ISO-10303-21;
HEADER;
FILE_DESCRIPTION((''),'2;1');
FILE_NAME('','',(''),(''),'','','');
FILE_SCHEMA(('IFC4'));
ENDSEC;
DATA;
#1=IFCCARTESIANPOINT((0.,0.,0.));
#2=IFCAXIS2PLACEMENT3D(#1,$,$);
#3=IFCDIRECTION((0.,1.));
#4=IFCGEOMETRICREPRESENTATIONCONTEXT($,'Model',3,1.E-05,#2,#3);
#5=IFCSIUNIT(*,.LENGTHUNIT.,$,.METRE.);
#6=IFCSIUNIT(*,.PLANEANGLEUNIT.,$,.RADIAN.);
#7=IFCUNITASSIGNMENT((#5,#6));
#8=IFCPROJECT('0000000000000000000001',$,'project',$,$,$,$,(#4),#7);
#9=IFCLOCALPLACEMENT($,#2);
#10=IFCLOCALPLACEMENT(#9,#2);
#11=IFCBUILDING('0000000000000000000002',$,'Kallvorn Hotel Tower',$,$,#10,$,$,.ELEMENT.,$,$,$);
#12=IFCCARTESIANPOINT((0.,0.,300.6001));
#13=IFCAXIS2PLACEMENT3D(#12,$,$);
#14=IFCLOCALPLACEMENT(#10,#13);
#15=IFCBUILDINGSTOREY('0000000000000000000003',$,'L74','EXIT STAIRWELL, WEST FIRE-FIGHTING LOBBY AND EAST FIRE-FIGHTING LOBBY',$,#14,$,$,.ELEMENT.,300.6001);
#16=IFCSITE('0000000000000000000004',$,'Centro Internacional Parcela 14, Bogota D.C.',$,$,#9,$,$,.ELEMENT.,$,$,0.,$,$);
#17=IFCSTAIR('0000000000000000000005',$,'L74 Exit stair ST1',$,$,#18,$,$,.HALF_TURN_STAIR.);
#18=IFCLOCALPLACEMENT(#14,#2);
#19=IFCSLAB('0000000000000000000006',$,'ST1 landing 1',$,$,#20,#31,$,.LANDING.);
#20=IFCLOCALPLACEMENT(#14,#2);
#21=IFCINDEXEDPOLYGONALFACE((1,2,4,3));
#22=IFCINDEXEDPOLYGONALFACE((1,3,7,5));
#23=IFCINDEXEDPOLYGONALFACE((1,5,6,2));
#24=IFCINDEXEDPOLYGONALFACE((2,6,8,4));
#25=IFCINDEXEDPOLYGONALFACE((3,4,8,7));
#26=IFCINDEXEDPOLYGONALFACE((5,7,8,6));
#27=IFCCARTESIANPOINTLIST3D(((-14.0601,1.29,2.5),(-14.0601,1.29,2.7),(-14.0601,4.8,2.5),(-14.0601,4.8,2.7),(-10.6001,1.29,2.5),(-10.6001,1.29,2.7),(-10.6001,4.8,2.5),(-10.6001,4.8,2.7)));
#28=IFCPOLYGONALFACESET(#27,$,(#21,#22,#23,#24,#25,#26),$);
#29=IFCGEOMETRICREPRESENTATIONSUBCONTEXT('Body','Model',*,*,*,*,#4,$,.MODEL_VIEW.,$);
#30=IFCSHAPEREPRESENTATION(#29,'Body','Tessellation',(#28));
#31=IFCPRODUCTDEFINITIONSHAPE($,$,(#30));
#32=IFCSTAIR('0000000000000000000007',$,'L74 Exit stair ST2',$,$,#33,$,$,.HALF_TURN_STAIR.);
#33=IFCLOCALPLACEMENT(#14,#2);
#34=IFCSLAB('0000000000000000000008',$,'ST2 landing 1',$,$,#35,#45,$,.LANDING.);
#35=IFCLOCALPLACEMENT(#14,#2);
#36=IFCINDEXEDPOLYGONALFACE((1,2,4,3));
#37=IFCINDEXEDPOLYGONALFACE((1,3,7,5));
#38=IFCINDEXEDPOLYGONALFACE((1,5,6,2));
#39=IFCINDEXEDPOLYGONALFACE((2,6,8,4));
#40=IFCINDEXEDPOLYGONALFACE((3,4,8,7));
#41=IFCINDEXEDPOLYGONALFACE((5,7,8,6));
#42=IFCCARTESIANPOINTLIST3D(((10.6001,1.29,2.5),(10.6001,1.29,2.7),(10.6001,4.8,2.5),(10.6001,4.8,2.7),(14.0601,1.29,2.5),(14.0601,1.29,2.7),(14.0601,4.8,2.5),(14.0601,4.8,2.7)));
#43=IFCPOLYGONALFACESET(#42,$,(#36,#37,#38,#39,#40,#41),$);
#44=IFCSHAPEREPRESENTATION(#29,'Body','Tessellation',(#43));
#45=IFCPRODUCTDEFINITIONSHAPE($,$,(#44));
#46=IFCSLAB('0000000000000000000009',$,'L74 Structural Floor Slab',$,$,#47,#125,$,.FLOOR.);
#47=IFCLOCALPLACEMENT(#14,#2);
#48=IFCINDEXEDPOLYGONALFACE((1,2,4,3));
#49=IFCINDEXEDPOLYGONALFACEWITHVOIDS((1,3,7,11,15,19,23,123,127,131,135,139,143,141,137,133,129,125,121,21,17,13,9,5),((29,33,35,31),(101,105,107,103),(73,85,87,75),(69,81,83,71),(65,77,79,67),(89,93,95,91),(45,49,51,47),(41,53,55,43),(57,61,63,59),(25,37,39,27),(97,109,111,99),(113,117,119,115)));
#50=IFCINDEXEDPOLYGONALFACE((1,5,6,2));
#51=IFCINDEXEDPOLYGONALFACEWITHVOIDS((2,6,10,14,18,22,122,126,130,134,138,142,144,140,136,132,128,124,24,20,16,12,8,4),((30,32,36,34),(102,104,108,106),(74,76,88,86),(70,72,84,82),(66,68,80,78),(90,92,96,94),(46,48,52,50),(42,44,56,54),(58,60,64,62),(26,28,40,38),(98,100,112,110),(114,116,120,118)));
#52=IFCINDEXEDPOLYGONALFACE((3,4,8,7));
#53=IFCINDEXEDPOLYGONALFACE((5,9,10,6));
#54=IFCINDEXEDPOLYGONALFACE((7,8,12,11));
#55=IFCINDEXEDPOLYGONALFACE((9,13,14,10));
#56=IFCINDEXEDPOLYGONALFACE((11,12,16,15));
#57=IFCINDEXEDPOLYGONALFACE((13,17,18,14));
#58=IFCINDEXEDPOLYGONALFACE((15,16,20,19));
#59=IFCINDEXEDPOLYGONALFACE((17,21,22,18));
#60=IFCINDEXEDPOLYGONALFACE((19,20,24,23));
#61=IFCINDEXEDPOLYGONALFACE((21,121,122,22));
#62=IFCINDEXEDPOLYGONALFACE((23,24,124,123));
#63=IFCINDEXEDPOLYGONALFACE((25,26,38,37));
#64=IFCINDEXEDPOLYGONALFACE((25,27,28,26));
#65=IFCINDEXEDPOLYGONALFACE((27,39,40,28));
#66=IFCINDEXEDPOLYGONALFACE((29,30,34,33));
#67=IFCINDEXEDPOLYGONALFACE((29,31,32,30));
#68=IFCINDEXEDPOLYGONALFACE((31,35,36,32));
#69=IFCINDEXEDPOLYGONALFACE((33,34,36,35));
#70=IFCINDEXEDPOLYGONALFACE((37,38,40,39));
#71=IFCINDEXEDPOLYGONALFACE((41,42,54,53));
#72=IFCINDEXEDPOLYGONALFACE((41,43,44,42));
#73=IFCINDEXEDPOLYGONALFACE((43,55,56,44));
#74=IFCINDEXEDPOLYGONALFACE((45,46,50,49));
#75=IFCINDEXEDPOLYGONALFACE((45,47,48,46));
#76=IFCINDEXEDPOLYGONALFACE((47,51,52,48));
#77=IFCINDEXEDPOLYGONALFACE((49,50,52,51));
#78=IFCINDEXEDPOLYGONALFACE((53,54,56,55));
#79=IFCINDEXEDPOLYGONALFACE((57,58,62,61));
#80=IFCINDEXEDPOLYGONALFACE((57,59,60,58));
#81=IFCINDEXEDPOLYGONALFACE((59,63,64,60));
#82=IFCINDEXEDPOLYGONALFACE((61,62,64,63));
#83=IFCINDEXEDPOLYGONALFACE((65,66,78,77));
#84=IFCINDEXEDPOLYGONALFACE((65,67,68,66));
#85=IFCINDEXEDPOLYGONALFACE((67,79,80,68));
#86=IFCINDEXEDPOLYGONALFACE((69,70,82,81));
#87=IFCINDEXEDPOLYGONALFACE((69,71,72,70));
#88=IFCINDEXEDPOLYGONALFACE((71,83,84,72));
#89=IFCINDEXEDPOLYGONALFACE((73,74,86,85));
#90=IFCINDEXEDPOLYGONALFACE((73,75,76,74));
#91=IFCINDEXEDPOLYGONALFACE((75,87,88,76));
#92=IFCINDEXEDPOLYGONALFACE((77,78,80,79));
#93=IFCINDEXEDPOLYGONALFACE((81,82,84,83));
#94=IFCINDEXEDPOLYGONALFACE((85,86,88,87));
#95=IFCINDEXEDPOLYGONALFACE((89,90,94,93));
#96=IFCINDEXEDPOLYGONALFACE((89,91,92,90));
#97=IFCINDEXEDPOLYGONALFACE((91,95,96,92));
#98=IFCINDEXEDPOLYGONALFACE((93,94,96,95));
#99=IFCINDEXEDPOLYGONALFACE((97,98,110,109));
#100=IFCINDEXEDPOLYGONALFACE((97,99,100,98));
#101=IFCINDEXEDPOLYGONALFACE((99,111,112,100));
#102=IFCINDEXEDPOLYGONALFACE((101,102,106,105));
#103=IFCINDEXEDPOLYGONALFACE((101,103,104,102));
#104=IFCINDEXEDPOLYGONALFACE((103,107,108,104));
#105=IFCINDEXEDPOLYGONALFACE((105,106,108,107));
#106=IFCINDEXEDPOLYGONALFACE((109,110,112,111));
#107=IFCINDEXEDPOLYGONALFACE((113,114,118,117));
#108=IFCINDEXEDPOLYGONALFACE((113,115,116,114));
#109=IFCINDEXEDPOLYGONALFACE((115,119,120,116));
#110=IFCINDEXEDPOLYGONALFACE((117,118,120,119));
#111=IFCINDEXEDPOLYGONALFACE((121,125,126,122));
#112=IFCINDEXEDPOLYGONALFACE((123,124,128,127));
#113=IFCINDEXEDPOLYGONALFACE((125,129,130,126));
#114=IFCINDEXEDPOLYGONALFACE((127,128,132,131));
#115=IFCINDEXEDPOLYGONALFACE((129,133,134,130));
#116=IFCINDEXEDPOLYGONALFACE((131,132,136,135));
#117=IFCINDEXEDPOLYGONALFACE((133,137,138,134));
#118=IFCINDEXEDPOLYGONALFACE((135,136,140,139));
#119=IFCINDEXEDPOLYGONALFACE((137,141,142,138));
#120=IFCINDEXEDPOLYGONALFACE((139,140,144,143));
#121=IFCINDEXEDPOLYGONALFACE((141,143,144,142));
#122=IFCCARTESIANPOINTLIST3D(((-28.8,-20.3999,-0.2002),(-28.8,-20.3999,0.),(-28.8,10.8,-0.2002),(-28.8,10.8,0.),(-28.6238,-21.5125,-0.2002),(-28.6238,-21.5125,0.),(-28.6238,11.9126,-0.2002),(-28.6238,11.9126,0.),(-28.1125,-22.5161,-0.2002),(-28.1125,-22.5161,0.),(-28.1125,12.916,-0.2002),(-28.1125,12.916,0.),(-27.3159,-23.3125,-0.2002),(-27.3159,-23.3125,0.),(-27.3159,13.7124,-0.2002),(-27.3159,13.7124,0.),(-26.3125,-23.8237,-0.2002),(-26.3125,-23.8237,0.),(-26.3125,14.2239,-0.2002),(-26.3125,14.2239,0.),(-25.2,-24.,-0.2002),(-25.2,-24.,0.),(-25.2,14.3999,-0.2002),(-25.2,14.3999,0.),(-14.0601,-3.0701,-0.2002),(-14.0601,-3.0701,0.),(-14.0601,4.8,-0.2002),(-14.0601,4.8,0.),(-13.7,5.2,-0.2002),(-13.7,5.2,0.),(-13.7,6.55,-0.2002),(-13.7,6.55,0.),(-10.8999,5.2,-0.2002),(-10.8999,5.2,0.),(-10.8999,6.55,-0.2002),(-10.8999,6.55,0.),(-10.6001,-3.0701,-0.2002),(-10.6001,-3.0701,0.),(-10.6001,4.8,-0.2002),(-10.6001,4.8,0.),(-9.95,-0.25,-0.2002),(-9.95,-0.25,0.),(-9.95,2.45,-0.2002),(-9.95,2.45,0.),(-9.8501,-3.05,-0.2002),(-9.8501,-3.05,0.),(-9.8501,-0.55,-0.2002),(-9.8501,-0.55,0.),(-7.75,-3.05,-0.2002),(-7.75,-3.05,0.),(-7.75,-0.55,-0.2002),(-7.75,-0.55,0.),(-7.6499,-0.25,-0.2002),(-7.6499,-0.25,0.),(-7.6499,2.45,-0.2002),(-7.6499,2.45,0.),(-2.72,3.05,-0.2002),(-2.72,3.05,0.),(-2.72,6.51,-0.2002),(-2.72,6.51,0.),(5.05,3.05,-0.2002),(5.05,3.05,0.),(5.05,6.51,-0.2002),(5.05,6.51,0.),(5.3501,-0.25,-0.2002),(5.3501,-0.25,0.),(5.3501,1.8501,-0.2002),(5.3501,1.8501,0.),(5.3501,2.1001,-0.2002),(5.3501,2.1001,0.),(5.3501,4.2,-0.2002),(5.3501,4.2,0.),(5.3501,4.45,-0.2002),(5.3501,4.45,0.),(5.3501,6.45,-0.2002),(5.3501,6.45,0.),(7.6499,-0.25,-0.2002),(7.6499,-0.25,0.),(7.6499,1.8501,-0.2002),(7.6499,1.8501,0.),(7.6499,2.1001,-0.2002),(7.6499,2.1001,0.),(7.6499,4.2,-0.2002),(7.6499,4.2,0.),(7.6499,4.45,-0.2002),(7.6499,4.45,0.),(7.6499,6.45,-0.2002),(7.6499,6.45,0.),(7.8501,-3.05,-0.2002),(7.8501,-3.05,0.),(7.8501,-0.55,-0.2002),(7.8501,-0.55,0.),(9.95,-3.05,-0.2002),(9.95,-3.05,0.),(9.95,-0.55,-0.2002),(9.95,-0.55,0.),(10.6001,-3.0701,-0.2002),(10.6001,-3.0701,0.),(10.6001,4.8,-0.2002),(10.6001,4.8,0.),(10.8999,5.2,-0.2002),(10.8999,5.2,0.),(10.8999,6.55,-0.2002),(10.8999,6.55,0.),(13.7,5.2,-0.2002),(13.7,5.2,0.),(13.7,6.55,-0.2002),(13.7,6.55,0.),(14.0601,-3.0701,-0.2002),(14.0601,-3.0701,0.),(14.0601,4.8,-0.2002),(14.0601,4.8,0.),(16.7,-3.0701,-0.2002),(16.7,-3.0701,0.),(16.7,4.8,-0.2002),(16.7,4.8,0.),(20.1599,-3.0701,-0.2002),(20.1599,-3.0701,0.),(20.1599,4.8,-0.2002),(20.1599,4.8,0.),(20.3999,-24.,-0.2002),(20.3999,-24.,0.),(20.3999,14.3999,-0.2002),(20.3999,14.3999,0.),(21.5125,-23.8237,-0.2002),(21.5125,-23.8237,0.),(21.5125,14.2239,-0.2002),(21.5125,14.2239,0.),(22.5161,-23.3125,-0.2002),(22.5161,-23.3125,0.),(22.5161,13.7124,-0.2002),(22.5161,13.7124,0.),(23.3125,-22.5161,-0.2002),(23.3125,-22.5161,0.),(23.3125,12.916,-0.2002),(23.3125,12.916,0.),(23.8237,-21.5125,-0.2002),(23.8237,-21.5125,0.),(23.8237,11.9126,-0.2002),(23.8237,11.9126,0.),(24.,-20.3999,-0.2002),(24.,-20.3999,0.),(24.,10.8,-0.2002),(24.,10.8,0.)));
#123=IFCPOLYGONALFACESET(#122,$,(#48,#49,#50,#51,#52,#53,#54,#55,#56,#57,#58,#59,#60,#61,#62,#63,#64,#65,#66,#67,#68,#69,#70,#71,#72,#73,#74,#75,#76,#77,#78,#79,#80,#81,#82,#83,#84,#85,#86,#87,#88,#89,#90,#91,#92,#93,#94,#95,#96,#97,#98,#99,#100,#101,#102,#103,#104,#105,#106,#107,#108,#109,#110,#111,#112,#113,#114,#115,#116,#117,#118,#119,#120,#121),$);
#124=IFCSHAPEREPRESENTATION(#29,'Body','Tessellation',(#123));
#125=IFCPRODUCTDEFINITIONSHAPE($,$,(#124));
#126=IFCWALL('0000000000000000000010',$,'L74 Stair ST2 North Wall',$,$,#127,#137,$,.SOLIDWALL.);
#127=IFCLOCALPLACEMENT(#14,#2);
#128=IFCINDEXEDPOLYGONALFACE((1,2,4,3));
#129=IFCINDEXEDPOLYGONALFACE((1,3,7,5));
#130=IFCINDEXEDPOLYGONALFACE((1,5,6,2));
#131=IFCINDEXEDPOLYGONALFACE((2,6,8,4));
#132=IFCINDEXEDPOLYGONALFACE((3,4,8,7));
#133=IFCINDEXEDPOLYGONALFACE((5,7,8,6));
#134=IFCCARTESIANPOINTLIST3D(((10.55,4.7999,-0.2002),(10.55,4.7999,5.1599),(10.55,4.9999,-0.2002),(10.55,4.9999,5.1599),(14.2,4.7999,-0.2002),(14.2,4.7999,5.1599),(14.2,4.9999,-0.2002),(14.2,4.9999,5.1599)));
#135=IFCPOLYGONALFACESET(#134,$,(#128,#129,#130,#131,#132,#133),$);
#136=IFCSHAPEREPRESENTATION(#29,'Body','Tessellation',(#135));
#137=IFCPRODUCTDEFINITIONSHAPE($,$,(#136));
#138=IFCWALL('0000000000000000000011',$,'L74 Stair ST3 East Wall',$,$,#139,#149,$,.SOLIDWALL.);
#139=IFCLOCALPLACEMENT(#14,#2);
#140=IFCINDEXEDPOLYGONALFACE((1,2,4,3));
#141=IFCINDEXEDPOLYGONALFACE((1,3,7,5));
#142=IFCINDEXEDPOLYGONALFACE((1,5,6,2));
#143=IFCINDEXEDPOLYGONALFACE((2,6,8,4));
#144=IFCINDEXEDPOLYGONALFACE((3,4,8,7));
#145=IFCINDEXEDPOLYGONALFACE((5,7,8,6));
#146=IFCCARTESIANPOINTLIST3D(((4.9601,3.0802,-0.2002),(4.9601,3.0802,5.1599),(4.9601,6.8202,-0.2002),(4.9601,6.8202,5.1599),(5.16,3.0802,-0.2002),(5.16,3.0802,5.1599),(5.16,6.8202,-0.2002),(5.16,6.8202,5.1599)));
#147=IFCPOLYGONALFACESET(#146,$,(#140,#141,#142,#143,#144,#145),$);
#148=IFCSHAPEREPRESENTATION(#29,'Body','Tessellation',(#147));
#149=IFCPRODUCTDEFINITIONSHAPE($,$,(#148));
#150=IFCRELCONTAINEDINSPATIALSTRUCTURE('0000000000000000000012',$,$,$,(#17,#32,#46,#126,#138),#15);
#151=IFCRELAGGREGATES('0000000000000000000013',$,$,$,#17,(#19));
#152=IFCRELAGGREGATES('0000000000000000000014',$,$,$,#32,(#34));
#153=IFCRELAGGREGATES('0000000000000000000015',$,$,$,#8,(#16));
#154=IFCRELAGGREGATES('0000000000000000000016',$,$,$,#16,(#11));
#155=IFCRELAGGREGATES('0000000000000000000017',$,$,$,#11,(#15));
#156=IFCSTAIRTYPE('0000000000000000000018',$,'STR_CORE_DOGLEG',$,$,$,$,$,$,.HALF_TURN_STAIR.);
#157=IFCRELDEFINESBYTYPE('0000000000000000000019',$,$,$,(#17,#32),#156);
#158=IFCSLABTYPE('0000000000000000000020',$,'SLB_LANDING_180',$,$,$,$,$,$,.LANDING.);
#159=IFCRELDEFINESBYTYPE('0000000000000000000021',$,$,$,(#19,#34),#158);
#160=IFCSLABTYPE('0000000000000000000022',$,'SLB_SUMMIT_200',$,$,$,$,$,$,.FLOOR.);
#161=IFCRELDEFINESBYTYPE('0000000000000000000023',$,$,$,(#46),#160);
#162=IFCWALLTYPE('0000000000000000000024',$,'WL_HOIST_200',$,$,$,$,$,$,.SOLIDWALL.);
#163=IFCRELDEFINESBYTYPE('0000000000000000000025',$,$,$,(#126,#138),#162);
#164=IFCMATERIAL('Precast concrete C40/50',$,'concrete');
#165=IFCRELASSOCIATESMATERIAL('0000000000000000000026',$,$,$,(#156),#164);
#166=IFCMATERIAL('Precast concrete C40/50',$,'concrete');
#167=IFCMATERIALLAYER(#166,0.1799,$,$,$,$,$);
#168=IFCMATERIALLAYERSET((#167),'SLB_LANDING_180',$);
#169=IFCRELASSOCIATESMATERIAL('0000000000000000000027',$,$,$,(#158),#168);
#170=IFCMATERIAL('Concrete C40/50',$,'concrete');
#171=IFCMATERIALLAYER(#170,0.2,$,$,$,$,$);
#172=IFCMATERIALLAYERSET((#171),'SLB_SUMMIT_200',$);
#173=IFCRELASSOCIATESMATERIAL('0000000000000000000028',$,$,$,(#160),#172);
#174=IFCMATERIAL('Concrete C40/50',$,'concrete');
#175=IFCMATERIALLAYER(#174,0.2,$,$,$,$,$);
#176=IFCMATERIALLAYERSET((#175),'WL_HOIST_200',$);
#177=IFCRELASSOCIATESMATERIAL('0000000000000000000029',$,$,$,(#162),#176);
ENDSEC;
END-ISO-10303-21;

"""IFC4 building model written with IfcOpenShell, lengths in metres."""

from ifc_helpers import new_model, si_unit, direction, frame, frame_2d, origin, place, context, subcontext, project, spatial, polyline, rectangle, outline, extrude, material, layer, layer_set, type_object, element, aggregate, save


model = new_model("IFC4")

# Units and contexts
model_context = context("Model", 3, precision=1e-05, world=origin(), true_north=direction((0.0, 1.0)))
body_context = subcontext(model_context, "Body", "Model", "MODEL_VIEW")
ifc_project = project(units=[si_unit("LENGTHUNIT", "METRE"), si_unit("PLANEANGLEUNIT", "RADIAN")], contexts=[model_context])

# Site, building, storey
site_placement = place(None, origin())
site = spatial("IfcSite", under=ifc_project, at=site_placement, Name="Centro Internacional Parcela 14, Bogota D.C.", CompositionType="ELEMENT", RefElevation=0.0)
building_placement = place(site_placement, origin())
building = spatial("IfcBuilding", under=site, at=building_placement, Name="Kallvorn Hotel Tower", CompositionType="ELEMENT")
storey_placement = place(building_placement, frame((0.0, 0.0, 300.6001)))
storey = spatial("IfcBuildingStorey", under=building, at=storey_placement, Name="L74", Description="EXIT STAIRWELL, WEST FIRE-FIGHTING LOBBY AND EAST FIRE-FIGHTING LOBBY", CompositionType="ELEMENT", Elevation=300.6001)

# Stairs, slabs
ifc_material_1 = material(Name="Precast concrete C40/50", Category="concrete")
stair_type = type_object("IfcStairType", Name="STR_CORE_DOGLEG", PredefinedType="HALF_TURN_STAIR", material=ifc_material_1)
stair_1_placement = place(storey_placement, origin())
stair_1 = element("IfcStair", 1, at=stair_1_placement, inside=storey, type_object=stair_type, Name="L74 Exit stair ST1", PredefinedType="HALF_TURN_STAIR")
ifc_material_2 = material(Name="Precast concrete C40/50", Category="concrete")
ifc_layer_1 = layer(ifc_material_2, 0.1799)
ifc_layer_set_1 = layer_set([ifc_layer_1], Name="SLB_LANDING_180")
slab_type_1 = type_object("IfcSlabType", Name="SLB_LANDING_180", PredefinedType="LANDING", material=ifc_layer_set_1)
slab_1_placement = place(storey_placement, frame((0.0, 0.0, 2.5)))
slab_1 = element("IfcSlab", 2, at=slab_1_placement, type_object=slab_type_1, Name="ST1 landing 1", PredefinedType="LANDING", context=body_context, shape_type="SweptSolid", body=[
    extrude(outline(polyline([(-10.6001, 1.29), (-10.6001, 4.8), (-14.0601, 4.8), (-14.0601, 1.29), (-10.6001, 1.29)])), origin(), (0.0, 0.0, 1.0), 0.2),
])
aggregate(stair_1, [slab_1])
stair_2_placement = place(storey_placement, origin())
stair_2 = element("IfcStair", 3, at=stair_2_placement, inside=storey, type_object=stair_type, Name="L74 Exit stair ST2", PredefinedType="HALF_TURN_STAIR")
slab_2_placement = place(storey_placement, frame((0.0, 0.0, 2.5)))
slab_2 = element("IfcSlab", 4, at=slab_2_placement, type_object=slab_type_1, Name="ST2 landing 1", PredefinedType="LANDING", context=body_context, shape_type="SweptSolid", body=[
    extrude(outline(polyline([(14.0601, 1.29), (14.0601, 4.8), (10.6001, 4.8), (10.6001, 1.29), (14.0601, 1.29)])), origin(), (0.0, 0.0, 1.0), 0.2),
])
aggregate(stair_2, [slab_2])

# Slab
ifc_material_3 = material(Name="Concrete C40/50", Category="concrete")
ifc_layer_2 = layer(ifc_material_3, 0.2)
ifc_layer_set_2 = layer_set([ifc_layer_2], Name="SLB_SUMMIT_200")
slab_type_2 = type_object("IfcSlabType", Name="SLB_SUMMIT_200", PredefinedType="FLOOR", material=ifc_layer_set_2)
slab_3_placement = place(storey_placement, frame((0.0, 0.0, -0.2002)))
element("IfcSlab", 5, at=slab_3_placement, inside=storey, type_object=slab_type_2, Name="L74 Structural Floor Slab", PredefinedType="FLOOR", context=body_context, shape_type="SweptSolid", body=[
    extrude(outline(polyline([(20.3999, -24.0), (21.5125, -23.8237), (22.5161, -23.3125), (23.3125, -22.5161), (23.8237, -21.5125), (24.0, -20.3999), (24.0, 10.8), (23.8237, 11.9126), (23.3125, 12.916), (22.5161, 13.7124), (21.5125, 14.2239), (20.3999, 14.3999), (-25.2, 14.3999), (-26.3125, 14.2239), (-27.3159, 13.7124), (-28.1125, 12.916), (-28.6238, 11.9126), (-28.8, 10.8), (-28.8, -20.3999), (-28.6238, -21.5125), (-28.1125, -22.5161), (-27.3159, -23.3125), (-26.3125, -23.8237), (-25.2, -24.0), (20.3999, -24.0)]), holes=[polyline([(-10.6001, -3.0701), (-10.6001, 4.8), (-14.0601, 4.8), (-14.0601, -3.0701), (-10.6001, -3.0701)]), polyline([(14.0601, -3.0701), (14.0601, 4.8), (10.6001, 4.8), (10.6001, -3.0701), (14.0601, -3.0701)]), polyline([(-2.72, 3.05), (5.05, 3.05), (5.05, 6.51), (-2.72, 6.51), (-2.72, 3.05)]), polyline([(20.1599, -3.0701), (20.1599, 4.8), (16.7, 4.8), (16.7, -3.0701), (20.1599, -3.0701)]), polyline([(5.3501, -0.25), (7.6499, -0.25), (7.6499, 1.8501), (5.3501, 1.8501), (5.3501, -0.25)]), polyline([(5.3501, 2.1001), (7.6499, 2.1001), (7.6499, 4.2), (5.3501, 4.2), (5.3501, 2.1001)]), polyline([(5.3501, 4.45), (7.6499, 4.45), (7.6499, 6.45), (5.3501, 6.45), (5.3501, 4.45)]), polyline([(-9.8501, -3.05), (-7.75, -3.05), (-7.75, -0.55), (-9.8501, -0.55), (-9.8501, -3.05)]), polyline([(7.8501, -3.05), (9.95, -3.05), (9.95, -0.55), (7.8501, -0.55), (7.8501, -3.05)]), polyline([(-9.95, -0.25), (-7.6499, -0.25), (-7.6499, 2.45), (-9.95, 2.45), (-9.95, -0.25)]), polyline([(-13.7, 5.2), (-10.8999, 5.2), (-10.8999, 6.55), (-13.7, 6.55), (-13.7, 5.2)]), polyline([(10.8999, 5.2), (13.7, 5.2), (13.7, 6.55), (10.8999, 6.55), (10.8999, 5.2)])]), origin(), (0.0, 0.0, 1.0), 0.2002),
])

# Walls
ifc_material_4 = material(Name="Concrete C40/50", Category="concrete")
ifc_layer_3 = layer(ifc_material_4, 0.2)
ifc_layer_set_3 = layer_set([ifc_layer_3], Name="WL_HOIST_200")
wall_type_1 = type_object("IfcWallType", Name="WL_HOIST_200", PredefinedType="SOLIDWALL", material=ifc_layer_set_3)
wall_1_placement = place(storey_placement, frame((10.55, 4.8999, -0.2002), z_axis=(0.0, 0.0, 1.0), x_axis=(1.0, 0.0, 0.0)))
element("IfcWall", 6, at=wall_1_placement, inside=storey, type_object=wall_type_1, Name="L74 Stair ST2 North Wall", PredefinedType="SOLIDWALL", context=body_context, shape_type="SweptSolid", body=[
    extrude(rectangle(XDim=3.6499, YDim=0.2, at=frame_2d((1.825, 0.0))), origin(), (0.0, 0.0, 1.0), 5.3601),
])
wall_2_placement = place(storey_placement, frame((5.0601, 3.0801, -0.2002), z_axis=(0.0, 0.0, 1.0), x_axis=(0.0, 1.0, 0.0)))
element("IfcWall", 7, at=wall_2_placement, inside=storey, type_object=wall_type_1, Name="L74 Stair ST3 East Wall", PredefinedType="SOLIDWALL", context=body_context, shape_type="SweptSolid", body=[
    extrude(rectangle(XDim=3.74, YDim=0.2, at=frame_2d((1.8701, 0.0))), origin(), (0.0, 0.0, 1.0), 5.3601),
])

save(model, "model.ifc")
